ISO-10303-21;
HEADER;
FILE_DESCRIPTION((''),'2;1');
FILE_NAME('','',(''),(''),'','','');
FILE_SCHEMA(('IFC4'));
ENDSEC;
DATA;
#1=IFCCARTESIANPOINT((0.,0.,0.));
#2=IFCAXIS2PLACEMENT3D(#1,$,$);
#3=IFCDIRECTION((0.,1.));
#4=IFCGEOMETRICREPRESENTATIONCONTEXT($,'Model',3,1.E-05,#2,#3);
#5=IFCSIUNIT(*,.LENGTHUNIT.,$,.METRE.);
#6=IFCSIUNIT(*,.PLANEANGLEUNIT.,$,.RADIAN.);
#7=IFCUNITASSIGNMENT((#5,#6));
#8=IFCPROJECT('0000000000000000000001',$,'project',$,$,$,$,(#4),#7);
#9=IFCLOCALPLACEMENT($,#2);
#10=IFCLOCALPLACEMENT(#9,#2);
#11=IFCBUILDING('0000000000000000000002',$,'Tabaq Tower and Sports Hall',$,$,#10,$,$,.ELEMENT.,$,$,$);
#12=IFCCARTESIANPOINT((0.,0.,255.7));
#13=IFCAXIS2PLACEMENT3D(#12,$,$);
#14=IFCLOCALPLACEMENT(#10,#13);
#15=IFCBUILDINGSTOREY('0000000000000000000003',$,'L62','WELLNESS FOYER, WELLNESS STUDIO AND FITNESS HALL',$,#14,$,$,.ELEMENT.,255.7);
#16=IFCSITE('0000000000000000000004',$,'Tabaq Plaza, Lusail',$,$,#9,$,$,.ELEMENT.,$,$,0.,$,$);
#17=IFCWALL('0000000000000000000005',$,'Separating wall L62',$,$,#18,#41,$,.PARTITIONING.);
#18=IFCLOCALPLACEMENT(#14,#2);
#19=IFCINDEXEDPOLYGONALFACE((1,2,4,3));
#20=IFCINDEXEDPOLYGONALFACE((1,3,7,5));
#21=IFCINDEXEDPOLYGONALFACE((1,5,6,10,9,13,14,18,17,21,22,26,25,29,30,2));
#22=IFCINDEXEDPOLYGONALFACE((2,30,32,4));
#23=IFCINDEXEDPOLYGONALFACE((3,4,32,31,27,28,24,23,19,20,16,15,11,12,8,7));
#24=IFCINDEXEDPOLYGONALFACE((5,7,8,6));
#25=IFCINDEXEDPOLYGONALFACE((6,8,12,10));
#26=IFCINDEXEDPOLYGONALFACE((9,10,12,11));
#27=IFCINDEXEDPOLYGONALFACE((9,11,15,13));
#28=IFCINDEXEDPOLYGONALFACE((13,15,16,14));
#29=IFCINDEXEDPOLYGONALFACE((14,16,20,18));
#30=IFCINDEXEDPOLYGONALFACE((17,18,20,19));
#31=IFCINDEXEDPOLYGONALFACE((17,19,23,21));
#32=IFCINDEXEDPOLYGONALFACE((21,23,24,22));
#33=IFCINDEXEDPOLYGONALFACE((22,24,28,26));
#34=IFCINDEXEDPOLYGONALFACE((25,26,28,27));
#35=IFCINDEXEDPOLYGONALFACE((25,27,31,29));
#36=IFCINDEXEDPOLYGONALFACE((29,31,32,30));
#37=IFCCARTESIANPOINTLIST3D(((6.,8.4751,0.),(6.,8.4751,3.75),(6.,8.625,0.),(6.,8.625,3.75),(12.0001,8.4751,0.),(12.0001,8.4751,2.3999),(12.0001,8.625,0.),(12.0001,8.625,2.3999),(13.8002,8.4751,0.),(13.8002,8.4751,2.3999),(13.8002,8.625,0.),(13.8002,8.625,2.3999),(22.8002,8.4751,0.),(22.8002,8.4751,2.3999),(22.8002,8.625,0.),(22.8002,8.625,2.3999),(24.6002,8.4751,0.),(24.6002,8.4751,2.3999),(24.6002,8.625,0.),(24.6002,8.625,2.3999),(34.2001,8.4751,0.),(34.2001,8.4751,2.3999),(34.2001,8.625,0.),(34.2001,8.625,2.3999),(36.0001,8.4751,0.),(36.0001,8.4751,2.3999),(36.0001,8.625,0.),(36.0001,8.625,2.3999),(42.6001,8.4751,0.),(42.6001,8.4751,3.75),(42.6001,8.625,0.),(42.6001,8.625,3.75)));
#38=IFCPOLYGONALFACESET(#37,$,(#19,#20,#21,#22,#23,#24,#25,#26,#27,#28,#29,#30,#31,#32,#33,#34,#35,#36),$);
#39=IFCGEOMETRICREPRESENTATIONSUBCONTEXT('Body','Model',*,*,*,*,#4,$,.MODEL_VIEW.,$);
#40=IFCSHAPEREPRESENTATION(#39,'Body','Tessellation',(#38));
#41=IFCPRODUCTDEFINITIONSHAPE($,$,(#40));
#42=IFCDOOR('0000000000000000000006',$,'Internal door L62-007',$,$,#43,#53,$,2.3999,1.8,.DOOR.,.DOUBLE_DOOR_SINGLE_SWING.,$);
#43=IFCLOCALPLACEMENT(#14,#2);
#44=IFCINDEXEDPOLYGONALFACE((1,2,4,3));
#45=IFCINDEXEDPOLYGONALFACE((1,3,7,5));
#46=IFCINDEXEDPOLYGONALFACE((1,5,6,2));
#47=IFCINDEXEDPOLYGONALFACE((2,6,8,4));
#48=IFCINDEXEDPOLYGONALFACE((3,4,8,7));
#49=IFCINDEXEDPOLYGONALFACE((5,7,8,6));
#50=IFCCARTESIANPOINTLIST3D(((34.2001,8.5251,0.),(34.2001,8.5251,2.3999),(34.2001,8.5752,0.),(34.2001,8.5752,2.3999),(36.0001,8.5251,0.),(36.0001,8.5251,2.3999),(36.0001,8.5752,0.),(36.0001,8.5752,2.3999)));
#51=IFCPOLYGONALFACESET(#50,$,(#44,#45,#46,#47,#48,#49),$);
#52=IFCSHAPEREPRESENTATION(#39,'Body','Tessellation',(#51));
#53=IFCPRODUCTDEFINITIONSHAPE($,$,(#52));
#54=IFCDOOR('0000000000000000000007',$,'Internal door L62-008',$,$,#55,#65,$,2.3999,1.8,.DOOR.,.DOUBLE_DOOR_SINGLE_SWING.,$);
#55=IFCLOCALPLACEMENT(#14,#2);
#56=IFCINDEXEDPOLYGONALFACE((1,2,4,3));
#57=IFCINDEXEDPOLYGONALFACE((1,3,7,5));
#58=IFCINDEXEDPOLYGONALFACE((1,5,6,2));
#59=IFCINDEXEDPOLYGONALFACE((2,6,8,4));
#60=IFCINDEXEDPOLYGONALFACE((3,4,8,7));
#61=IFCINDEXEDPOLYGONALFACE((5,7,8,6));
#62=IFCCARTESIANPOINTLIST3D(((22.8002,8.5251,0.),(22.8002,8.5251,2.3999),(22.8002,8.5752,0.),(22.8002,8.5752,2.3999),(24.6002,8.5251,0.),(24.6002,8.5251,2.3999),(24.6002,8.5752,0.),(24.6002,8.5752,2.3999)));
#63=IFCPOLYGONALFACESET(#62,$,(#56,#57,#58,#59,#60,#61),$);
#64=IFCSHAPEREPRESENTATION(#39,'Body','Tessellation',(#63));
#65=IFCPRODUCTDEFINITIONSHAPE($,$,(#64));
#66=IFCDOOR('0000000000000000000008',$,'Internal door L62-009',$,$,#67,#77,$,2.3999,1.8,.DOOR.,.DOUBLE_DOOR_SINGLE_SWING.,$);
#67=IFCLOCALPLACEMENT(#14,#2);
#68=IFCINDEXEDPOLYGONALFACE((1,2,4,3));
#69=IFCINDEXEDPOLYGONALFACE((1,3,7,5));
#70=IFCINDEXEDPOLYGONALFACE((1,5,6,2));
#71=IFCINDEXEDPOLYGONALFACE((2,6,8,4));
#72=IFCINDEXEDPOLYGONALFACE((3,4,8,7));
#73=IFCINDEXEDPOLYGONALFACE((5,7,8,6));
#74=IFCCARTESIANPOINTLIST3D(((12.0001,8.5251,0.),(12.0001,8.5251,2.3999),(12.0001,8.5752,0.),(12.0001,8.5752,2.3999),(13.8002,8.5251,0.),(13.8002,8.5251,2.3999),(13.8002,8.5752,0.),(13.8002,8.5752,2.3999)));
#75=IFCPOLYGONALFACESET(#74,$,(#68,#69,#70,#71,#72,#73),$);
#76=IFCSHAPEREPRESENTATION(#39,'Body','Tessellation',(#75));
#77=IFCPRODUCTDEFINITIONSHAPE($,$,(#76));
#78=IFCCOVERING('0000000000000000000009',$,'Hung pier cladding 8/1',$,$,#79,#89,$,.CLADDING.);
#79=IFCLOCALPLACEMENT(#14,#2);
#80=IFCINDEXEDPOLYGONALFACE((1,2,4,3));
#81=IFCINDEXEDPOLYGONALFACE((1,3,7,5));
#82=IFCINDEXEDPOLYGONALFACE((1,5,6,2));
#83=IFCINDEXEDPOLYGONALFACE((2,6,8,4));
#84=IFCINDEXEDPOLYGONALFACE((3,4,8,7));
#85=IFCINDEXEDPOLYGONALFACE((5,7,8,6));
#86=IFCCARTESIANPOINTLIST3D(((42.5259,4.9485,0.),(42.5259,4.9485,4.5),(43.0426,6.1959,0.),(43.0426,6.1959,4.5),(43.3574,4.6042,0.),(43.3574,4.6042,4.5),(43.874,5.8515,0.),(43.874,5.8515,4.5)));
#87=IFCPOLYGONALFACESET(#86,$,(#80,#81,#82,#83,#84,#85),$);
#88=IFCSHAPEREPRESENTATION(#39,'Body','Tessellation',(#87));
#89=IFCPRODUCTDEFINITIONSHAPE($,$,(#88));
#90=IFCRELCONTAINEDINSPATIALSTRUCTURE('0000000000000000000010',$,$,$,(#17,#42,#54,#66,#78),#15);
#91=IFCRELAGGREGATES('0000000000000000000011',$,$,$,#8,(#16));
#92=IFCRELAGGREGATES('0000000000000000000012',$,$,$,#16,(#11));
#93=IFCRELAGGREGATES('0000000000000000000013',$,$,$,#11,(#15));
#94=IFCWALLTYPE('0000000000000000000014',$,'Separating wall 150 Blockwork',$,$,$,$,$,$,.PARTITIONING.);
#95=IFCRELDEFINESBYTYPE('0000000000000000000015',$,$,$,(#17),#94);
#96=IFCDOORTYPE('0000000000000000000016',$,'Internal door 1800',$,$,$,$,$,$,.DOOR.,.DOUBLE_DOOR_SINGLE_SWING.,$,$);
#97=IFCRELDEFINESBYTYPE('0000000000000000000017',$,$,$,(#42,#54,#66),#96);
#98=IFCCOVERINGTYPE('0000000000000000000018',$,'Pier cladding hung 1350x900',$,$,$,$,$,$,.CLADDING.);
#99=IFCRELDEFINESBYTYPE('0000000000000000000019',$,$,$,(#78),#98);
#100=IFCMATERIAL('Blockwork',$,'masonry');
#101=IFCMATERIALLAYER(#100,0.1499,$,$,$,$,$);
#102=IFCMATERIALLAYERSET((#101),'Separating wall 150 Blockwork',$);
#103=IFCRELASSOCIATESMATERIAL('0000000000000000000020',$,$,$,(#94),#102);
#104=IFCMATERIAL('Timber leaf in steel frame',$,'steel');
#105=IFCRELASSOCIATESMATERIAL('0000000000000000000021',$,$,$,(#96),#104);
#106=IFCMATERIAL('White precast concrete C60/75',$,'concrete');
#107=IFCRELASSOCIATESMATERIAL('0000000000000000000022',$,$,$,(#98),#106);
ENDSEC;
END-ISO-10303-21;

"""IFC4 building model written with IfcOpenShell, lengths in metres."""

from ifc_helpers import new_model, si_unit, direction, frame, frame_2d, origin, place, context, subcontext, project, spatial, rectangle, extrude, material, layer, layer_set, type_object, element, fill, save


model = new_model("IFC4")

# Units and contexts
model_context = context("Model", 3, precision=1e-05, world=origin(), true_north=direction((0.0, 1.0)))
body_context = subcontext(model_context, "Body", "Model", "MODEL_VIEW")
ifc_project = project(units=[si_unit("LENGTHUNIT", "METRE"), si_unit("PLANEANGLEUNIT", "RADIAN")], contexts=[model_context])

# Site, building, storey
site_placement = place(None, origin())
site = spatial("IfcSite", under=ifc_project, at=site_placement, Name="Tabaq Plaza, Lusail", CompositionType="ELEMENT", RefElevation=0.0)
building_placement = place(site_placement, origin())
building = spatial("IfcBuilding", under=site, at=building_placement, Name="Tabaq Tower and Sports Hall", CompositionType="ELEMENT")
storey_placement = place(building_placement, frame((0.0, 0.0, 255.7)))
storey = spatial("IfcBuildingStorey", under=building, at=storey_placement, Name="L62", Description="WELLNESS FOYER, WELLNESS STUDIO AND FITNESS HALL", CompositionType="ELEMENT", Elevation=255.7)

# Wall, openings, doors
ifc_material_1 = material(Name="Blockwork", Category="masonry")
ifc_layer_1 = layer(ifc_material_1, 0.1499)
ifc_layer_set_1 = layer_set([ifc_layer_1], Name="Separating wall 150 Blockwork")
wall_type = type_object("IfcWallType", Name="Separating wall 150 Blockwork", PredefinedType="PARTITIONING", material=ifc_layer_set_1)
wall_placement = place(storey_placement, frame((42.6001, 8.55, 0.0), z_axis=(0.0, 0.0, 1.0), x_axis=(-1.0, 0.0, 0.0)))
wall = element("IfcWall", 1, at=wall_placement, inside=storey, type_object=wall_type, Name="Separating wall L62", PredefinedType="PARTITIONING", context=body_context, shape_type="SweptSolid", body=[
    extrude(rectangle(XDim=36.6001, YDim=0.1499, at=frame_2d((18.3, 0.0))), origin(), (0.0, 0.0, 1.0), 3.75),
])
opening_1_placement = place(wall_placement, frame((6.6001, 0.0, 0.0)))
opening_1 = element("IfcOpeningElement", 2, at=opening_1_placement, cuts=wall, PredefinedType="OPENING", context=body_context, shape_type="SweptSolid", body=[
    extrude(rectangle(XDim=1.8, YDim=2.3999, at=frame_2d((0.8999, 1.2))), frame((0.0, 0.075, 0.0), z_axis=(0.0, -1.0, 0.0), x_axis=(1.0, 0.0, 0.0)), (0.0, 0.0, 1.0), 0.1499),
])
opening_2_placement = place(wall_placement, frame((18.0, 0.0, 0.0)))
opening_2 = element("IfcOpeningElement", 3, at=opening_2_placement, cuts=wall, PredefinedType="OPENING", context=body_context, shape_type="SweptSolid", body=[
    extrude(rectangle(XDim=1.8, YDim=2.3999, at=frame_2d((0.8999, 1.2))), frame((0.0, 0.075, 0.0), z_axis=(0.0, -1.0, 0.0), x_axis=(1.0, 0.0, 0.0)), (0.0, 0.0, 1.0), 0.1499),
])
opening_3_placement = place(wall_placement, frame((28.8, 0.0, 0.0)))
opening_3 = element("IfcOpeningElement", 4, at=opening_3_placement, cuts=wall, PredefinedType="OPENING", context=body_context, shape_type="SweptSolid", body=[
    extrude(rectangle(XDim=1.8, YDim=2.3999, at=frame_2d((0.8999, 1.2))), frame((0.0, 0.075, 0.0), z_axis=(0.0, -1.0, 0.0), x_axis=(1.0, 0.0, 0.0)), (0.0, 0.0, 1.0), 0.1499),
])
ifc_material_2 = material(Name="Timber leaf in steel frame", Category="steel")
door_type = type_object("IfcDoorType", Name="Internal door 1800", OperationType="DOUBLE_DOOR_SINGLE_SWING", PredefinedType="DOOR", material=ifc_material_2)
door_1_placement = place(opening_1_placement, origin())
door_1 = element("IfcDoor", 5, at=door_1_placement, inside=storey, type_object=door_type, Name="Internal door L62-007", OperationType="DOUBLE_DOOR_SINGLE_SWING", OverallHeight=2.3999, OverallWidth=1.8, PredefinedType="DOOR", context=body_context, shape_type="SweptSolid", body=[
    extrude(rectangle(XDim=1.8, YDim=2.3999, at=frame_2d((0.8999, 1.2))), frame((0.0, 0.0249, 0.0), z_axis=(0.0, -1.0, 0.0), x_axis=(1.0, 0.0, 0.0)), (0.0, 0.0, 1.0), 0.05),
])
fill(opening_1, door_1)
door_2_placement = place(opening_2_placement, origin())
door_2 = element("IfcDoor", 6, at=door_2_placement, inside=storey, type_object=door_type, Name="Internal door L62-008", OperationType="DOUBLE_DOOR_SINGLE_SWING", OverallHeight=2.3999, OverallWidth=1.8, PredefinedType="DOOR", context=body_context, shape_type="SweptSolid", body=[
    extrude(rectangle(XDim=1.8, YDim=2.3999, at=frame_2d((0.8999, 1.2))), frame((0.0, 0.0249, 0.0), z_axis=(0.0, -1.0, 0.0), x_axis=(1.0, 0.0, 0.0)), (0.0, 0.0, 1.0), 0.05),
])
fill(opening_2, door_2)
door_3_placement = place(opening_3_placement, origin())
door_3 = element("IfcDoor", 7, at=door_3_placement, inside=storey, type_object=door_type, Name="Internal door L62-009", OperationType="DOUBLE_DOOR_SINGLE_SWING", OverallHeight=2.3999, OverallWidth=1.8, PredefinedType="DOOR", context=body_context, shape_type="SweptSolid", body=[
    extrude(rectangle(XDim=1.8, YDim=2.3999, at=frame_2d((0.8999, 1.2))), frame((0.0, 0.0249, 0.0), z_axis=(0.0, -1.0, 0.0), x_axis=(1.0, 0.0, 0.0)), (0.0, 0.0, 1.0), 0.05),
])
fill(opening_3, door_3)

# Covering
ifc_material_3 = material(Name="White precast concrete C60/75", Category="concrete")
covering_type = type_object("IfcCoveringType", Name="Pier cladding hung 1350x900", PredefinedType="CLADDING", material=ifc_material_3)
covering_placement = place(storey_placement, frame((42.9417, 4.7764, 0.0), z_axis=(0.0, 0.0, 1.0), x_axis=(0.38265, 0.923893, 0.0)))
element("IfcCovering", 8, at=covering_placement, inside=storey, type_object=covering_type, Name="Hung pier cladding 8/1", PredefinedType="CLADDING", context=body_context, shape_type="SweptSolid", body=[
    extrude(rectangle(XDim=1.3501, YDim=0.8999, at=frame_2d((0.675, 0.0))), origin(), (0.0, 0.0, 1.0), 4.5),
])

save(model, "model.ifc")
